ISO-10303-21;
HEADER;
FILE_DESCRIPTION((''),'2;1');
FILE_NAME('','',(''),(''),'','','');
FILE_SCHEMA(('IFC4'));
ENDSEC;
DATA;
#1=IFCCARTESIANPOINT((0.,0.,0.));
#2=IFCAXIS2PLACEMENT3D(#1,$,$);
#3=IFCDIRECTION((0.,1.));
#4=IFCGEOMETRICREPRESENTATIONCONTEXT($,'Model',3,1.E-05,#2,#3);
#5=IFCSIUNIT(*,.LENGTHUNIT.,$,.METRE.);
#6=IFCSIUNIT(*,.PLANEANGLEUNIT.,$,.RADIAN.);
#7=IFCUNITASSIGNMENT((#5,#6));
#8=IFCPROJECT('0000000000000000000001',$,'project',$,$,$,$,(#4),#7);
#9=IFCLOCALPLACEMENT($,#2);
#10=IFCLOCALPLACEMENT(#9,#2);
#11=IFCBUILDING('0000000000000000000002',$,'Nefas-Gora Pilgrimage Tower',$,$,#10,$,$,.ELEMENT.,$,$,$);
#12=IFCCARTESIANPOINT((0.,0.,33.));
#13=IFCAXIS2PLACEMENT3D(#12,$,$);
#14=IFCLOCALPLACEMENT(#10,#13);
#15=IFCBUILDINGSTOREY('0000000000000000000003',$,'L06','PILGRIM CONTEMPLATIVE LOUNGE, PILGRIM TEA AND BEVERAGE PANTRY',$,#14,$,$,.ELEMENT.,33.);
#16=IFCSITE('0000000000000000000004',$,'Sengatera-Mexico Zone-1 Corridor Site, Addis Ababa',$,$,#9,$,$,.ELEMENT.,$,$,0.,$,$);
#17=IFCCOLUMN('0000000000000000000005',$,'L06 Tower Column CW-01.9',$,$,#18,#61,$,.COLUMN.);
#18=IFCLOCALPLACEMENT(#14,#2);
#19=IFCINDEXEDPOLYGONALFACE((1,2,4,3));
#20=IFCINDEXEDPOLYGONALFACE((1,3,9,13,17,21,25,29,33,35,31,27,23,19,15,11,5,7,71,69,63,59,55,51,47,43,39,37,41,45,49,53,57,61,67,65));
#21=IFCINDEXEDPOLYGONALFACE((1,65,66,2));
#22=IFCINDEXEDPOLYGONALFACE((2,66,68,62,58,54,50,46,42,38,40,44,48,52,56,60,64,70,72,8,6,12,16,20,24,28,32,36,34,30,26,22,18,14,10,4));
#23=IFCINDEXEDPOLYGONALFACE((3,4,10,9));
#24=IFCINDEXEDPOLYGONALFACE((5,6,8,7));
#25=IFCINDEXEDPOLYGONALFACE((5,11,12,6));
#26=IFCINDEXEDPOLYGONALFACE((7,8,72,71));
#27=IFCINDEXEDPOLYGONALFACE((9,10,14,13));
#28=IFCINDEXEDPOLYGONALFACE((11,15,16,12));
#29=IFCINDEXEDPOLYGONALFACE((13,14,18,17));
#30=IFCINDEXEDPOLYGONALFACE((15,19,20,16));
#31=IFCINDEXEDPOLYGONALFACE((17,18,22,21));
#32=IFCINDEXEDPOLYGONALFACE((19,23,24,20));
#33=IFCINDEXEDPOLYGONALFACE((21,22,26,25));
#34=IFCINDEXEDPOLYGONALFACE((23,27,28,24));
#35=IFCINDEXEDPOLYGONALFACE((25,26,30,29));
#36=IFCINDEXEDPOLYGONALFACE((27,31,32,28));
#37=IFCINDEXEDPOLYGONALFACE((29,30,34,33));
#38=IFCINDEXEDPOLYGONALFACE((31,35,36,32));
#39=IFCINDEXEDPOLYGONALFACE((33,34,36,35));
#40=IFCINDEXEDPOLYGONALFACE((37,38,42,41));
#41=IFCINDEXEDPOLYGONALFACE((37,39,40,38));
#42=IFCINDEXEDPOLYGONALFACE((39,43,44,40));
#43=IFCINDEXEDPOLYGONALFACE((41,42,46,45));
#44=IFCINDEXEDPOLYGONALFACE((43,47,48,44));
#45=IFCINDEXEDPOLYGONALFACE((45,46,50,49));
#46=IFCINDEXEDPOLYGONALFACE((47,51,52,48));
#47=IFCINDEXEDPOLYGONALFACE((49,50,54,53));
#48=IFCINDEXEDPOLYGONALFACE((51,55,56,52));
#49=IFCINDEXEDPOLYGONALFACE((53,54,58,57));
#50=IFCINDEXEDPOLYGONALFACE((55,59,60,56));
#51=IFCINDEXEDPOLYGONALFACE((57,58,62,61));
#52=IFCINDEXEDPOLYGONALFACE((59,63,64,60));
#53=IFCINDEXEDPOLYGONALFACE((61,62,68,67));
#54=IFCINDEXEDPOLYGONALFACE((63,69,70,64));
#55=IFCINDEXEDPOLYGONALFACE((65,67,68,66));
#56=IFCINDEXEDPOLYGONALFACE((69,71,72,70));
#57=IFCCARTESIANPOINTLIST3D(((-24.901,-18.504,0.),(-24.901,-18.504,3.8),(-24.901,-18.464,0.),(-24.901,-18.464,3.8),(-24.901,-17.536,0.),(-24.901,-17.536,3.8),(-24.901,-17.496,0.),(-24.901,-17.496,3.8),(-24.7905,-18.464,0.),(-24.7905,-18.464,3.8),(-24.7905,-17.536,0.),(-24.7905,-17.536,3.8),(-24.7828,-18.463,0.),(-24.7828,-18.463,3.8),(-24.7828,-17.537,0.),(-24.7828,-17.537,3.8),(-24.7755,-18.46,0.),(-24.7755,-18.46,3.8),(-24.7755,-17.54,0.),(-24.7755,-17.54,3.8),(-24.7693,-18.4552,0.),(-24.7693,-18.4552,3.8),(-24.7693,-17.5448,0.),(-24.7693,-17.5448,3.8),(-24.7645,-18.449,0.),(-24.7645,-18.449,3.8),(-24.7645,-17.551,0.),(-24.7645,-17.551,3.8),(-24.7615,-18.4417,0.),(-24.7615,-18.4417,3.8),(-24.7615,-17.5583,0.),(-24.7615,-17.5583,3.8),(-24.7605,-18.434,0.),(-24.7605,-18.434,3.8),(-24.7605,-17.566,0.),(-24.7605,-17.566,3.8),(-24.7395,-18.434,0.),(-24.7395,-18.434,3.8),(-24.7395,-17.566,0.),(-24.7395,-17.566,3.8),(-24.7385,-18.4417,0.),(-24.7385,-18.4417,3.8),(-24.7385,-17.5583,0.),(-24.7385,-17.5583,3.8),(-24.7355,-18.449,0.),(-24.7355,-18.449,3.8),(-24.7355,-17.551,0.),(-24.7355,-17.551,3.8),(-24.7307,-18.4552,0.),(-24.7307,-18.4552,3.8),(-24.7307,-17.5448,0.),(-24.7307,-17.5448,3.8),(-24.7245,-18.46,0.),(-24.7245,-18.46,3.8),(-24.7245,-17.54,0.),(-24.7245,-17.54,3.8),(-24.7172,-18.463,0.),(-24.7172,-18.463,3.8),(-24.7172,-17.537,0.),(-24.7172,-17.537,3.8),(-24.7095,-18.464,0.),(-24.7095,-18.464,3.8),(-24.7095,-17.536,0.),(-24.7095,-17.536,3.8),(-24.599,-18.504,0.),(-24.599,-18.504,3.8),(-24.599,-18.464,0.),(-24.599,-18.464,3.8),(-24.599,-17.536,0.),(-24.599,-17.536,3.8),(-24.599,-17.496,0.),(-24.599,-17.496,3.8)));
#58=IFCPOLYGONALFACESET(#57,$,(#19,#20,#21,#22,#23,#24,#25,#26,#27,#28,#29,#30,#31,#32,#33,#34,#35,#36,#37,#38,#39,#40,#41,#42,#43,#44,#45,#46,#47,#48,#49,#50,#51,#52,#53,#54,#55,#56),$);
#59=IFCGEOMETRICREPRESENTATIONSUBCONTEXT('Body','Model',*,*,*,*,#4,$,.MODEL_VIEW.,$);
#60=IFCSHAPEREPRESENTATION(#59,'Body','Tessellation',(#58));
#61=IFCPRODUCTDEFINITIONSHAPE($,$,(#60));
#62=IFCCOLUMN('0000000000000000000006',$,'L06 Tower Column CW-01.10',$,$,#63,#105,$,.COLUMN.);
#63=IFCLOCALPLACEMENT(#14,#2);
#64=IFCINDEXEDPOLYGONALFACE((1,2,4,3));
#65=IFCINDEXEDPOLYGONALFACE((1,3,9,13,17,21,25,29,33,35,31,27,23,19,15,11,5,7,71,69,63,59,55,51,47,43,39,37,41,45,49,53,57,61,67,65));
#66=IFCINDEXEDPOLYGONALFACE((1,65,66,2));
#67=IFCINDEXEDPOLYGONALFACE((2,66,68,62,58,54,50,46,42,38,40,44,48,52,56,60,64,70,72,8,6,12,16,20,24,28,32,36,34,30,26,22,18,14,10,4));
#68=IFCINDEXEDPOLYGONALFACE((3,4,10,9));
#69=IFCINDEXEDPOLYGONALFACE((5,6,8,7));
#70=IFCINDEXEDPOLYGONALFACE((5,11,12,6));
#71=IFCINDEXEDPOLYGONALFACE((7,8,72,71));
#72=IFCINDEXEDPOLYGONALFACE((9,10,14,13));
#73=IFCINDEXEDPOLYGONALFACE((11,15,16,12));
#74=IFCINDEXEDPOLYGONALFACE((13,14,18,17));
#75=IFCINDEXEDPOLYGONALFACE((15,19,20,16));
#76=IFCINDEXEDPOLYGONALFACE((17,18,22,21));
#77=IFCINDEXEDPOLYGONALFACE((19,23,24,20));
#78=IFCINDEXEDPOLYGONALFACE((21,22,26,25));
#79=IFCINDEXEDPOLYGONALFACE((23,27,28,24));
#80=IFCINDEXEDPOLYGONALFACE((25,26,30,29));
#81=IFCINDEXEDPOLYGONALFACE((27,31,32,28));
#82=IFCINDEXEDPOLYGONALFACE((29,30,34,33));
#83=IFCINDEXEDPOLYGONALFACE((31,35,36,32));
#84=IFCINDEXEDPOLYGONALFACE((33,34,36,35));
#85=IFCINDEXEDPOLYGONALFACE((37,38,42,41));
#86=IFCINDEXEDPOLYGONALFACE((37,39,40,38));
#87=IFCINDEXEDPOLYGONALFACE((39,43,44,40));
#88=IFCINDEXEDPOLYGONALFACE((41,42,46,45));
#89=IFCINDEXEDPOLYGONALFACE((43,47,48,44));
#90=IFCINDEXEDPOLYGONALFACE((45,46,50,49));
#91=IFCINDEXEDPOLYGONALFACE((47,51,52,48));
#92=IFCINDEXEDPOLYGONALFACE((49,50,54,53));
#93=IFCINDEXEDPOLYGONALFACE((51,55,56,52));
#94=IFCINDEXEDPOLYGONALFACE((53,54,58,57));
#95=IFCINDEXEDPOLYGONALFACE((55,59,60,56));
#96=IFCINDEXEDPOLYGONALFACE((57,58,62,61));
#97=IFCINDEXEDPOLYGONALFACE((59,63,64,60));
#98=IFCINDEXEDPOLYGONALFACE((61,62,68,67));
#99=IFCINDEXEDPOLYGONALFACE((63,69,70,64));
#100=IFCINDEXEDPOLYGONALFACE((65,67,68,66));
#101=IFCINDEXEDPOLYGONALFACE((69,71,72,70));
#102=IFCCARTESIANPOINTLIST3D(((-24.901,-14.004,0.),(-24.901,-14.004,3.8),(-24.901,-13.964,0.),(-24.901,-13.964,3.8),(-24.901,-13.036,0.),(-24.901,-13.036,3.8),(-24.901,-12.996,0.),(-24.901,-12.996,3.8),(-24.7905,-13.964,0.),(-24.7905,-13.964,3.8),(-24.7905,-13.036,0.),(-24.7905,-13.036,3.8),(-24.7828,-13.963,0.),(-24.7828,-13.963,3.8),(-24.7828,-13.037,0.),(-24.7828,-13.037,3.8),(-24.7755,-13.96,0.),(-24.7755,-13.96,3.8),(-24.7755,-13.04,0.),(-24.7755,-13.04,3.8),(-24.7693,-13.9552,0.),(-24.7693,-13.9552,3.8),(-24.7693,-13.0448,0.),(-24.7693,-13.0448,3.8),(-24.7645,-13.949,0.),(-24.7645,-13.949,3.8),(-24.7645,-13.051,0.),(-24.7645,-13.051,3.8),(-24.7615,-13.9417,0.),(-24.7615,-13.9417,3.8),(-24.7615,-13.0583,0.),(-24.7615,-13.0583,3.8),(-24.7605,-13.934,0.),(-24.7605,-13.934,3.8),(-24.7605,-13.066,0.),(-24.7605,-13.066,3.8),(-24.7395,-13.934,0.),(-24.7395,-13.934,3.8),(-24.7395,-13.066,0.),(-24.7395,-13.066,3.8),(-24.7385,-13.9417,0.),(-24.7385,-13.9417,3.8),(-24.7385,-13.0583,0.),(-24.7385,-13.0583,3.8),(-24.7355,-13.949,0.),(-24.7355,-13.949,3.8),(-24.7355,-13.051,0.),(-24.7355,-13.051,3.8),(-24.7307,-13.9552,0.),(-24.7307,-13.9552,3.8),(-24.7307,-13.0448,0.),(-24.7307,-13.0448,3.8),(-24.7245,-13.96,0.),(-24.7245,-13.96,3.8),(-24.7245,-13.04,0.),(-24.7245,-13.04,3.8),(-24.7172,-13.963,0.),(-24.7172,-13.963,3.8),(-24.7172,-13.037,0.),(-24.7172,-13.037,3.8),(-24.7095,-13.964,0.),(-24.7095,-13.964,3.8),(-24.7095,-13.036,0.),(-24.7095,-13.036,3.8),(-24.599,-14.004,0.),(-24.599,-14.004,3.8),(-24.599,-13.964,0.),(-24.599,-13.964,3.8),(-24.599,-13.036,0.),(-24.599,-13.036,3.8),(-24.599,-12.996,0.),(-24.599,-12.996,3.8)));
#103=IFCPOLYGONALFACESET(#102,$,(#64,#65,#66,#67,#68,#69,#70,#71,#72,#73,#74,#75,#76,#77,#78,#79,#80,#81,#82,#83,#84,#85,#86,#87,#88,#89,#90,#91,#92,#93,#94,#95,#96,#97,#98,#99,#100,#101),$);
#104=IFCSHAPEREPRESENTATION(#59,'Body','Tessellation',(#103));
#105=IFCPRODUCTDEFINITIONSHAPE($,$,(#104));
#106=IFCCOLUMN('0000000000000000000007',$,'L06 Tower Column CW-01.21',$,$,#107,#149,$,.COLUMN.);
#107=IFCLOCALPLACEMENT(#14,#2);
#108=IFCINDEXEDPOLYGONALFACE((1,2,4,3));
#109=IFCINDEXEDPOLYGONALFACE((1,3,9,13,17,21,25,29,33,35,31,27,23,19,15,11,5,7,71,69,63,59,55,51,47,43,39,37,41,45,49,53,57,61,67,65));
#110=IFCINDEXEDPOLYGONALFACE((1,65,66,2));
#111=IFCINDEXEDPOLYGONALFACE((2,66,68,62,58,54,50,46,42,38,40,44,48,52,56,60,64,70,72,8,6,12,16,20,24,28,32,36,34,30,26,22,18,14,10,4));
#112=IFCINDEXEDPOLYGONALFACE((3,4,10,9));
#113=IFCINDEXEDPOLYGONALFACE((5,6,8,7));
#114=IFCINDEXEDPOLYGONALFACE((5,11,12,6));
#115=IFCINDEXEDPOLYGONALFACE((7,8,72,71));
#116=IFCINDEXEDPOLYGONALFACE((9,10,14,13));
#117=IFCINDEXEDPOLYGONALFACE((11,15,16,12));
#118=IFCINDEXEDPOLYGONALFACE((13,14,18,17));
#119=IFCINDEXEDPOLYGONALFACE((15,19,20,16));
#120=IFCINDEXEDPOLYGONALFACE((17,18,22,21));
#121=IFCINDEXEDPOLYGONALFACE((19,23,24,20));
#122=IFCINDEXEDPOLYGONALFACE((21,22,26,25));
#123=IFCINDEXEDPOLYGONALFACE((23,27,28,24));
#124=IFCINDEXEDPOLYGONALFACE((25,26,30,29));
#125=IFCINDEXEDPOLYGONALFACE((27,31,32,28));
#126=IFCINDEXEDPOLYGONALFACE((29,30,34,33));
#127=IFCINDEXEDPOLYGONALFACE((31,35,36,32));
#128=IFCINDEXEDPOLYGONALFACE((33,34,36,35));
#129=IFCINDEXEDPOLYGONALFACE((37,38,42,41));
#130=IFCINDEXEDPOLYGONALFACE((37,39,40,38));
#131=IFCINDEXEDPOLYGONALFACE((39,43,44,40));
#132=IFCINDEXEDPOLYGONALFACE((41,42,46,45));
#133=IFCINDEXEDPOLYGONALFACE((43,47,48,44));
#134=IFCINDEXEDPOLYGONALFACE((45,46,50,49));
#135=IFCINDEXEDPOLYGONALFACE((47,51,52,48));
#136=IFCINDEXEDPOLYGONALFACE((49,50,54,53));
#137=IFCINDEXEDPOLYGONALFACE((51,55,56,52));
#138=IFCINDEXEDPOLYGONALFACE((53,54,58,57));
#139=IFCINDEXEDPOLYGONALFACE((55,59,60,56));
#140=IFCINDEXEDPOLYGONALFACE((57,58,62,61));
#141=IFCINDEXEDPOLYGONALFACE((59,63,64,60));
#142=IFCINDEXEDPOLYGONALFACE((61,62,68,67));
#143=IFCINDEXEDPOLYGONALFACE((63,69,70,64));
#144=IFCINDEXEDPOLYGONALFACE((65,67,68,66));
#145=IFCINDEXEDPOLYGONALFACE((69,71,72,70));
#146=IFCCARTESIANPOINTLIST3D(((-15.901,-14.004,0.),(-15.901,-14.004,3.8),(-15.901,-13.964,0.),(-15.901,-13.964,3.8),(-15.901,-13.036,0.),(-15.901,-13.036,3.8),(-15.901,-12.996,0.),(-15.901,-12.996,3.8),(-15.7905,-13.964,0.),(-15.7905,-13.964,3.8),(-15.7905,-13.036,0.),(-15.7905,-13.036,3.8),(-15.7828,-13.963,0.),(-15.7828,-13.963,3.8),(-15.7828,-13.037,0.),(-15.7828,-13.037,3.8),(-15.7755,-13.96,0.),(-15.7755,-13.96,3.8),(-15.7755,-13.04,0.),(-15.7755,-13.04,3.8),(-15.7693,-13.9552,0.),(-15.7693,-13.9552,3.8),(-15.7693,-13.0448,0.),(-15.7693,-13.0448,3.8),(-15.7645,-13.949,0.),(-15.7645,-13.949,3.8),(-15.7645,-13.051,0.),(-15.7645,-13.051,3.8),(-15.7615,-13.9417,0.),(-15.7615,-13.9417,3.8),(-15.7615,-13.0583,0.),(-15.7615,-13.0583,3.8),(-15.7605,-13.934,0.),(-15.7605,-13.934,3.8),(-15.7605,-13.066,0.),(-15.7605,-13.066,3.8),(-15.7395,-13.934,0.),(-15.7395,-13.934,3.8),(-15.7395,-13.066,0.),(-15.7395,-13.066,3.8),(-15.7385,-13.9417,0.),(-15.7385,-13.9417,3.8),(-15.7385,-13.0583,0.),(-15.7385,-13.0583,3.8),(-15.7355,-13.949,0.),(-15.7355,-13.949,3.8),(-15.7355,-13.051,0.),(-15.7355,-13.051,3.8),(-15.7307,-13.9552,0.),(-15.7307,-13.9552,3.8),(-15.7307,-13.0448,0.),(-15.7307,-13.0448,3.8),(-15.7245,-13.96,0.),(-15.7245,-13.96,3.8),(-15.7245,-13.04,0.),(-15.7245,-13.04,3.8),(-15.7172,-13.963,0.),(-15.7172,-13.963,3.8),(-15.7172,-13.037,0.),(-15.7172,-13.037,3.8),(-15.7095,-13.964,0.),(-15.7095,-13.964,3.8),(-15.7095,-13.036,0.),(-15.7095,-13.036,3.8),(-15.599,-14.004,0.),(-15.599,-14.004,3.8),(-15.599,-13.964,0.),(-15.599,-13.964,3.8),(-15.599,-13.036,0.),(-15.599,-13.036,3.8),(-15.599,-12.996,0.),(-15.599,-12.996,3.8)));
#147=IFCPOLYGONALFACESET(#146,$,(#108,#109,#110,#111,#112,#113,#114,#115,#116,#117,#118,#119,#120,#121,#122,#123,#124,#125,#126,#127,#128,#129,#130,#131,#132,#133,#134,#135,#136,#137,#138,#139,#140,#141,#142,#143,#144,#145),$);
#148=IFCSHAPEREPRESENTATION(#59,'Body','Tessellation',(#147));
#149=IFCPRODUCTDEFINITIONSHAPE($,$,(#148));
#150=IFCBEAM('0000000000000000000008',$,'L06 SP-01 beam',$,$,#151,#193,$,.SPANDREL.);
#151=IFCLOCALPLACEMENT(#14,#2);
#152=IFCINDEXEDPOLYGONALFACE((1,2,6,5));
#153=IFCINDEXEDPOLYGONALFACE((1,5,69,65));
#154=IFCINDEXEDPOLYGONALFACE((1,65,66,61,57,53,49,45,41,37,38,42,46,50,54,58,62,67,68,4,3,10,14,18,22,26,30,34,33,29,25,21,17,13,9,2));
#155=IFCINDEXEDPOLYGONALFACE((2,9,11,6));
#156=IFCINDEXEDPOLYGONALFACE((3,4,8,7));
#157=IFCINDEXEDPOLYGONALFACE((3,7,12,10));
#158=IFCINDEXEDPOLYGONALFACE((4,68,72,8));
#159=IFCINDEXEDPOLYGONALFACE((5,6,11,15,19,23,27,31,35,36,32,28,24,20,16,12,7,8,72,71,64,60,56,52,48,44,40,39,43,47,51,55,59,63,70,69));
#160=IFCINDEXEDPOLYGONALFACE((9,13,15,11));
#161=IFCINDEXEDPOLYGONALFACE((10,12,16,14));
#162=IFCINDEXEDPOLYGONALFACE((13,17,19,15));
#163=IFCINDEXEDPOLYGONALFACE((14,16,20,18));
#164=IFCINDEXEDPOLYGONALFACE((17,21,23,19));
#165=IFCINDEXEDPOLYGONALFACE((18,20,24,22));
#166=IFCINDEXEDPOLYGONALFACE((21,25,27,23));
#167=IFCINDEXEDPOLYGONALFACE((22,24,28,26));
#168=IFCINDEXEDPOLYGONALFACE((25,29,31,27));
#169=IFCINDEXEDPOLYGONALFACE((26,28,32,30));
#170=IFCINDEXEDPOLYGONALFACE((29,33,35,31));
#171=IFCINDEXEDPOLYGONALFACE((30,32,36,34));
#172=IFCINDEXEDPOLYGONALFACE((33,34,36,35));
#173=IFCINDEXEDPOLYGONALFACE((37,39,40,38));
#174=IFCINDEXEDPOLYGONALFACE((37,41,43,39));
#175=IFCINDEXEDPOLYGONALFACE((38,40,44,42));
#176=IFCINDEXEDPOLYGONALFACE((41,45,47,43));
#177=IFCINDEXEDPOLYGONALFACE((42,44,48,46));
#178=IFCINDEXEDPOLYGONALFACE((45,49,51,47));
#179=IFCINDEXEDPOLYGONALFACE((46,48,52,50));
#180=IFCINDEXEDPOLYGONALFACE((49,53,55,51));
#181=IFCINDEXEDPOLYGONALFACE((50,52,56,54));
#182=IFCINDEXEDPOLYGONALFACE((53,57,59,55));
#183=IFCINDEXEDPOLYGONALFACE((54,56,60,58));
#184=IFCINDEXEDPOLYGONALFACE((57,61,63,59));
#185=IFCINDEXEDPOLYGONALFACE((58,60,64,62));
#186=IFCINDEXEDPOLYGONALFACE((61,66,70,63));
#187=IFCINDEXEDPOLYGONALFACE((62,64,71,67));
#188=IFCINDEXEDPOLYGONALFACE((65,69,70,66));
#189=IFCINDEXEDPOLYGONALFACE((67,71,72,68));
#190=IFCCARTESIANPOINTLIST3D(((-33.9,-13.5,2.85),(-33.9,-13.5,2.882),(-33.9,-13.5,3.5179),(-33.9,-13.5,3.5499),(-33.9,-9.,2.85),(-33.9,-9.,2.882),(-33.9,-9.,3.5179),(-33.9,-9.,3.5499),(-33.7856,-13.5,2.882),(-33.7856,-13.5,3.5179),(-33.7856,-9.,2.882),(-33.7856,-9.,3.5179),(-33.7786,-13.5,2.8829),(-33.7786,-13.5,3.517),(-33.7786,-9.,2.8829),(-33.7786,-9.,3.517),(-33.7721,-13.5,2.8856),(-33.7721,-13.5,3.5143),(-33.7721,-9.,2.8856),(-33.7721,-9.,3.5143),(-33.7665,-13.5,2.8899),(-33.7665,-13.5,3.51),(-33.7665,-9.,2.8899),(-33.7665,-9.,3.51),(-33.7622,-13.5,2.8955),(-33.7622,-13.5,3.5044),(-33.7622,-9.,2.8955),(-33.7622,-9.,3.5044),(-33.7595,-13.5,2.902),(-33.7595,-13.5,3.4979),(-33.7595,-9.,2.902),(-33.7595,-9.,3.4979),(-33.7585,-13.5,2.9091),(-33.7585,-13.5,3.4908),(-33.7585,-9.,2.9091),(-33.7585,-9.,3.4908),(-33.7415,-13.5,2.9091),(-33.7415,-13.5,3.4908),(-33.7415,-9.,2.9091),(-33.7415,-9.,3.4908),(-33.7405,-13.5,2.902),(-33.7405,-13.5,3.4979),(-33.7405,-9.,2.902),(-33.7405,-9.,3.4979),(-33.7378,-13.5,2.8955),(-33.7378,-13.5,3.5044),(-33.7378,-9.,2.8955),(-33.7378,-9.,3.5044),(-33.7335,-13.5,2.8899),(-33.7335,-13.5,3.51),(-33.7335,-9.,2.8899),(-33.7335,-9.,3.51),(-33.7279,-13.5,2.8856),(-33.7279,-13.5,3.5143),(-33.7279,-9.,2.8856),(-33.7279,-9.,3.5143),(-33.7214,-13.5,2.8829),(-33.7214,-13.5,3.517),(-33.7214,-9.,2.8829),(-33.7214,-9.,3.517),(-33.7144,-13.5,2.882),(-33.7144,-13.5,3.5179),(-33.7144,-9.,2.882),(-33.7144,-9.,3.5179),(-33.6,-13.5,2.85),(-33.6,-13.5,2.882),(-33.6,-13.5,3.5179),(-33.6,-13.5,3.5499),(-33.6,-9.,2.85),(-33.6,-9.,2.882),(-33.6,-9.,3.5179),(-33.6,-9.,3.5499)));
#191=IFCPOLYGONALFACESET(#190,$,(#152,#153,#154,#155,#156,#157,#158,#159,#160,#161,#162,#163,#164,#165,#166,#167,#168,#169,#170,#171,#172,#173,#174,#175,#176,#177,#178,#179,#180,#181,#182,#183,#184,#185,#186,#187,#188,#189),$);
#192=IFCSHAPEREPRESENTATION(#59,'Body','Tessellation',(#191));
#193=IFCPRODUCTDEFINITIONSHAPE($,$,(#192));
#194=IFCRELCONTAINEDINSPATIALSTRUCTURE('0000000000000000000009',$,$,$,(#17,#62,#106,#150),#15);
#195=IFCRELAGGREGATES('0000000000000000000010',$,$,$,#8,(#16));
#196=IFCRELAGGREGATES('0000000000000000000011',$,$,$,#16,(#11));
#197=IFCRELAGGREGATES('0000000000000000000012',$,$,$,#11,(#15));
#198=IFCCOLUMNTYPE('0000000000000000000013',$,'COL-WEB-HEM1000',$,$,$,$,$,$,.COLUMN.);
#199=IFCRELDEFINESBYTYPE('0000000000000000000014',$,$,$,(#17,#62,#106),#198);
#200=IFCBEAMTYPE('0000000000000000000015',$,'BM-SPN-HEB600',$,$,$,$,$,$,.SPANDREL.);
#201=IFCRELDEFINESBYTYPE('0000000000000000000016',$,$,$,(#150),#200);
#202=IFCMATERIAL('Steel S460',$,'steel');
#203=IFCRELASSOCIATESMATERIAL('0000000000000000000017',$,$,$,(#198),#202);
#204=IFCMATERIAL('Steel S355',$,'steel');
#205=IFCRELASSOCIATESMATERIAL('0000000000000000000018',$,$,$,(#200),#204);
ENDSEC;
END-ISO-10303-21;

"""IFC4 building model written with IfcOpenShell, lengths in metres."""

from ifc_helpers import new_model, si_unit, direction, frame, origin, origin_2d, place, context, subcontext, project, spatial, i_section, extrude, source, transform, mapped, material, material_profile, profile_set, type_object, element, save


model = new_model("IFC4")

# Units and contexts
model_context = context("Model", 3, precision=1e-05, world=origin(), true_north=direction((0.0, 1.0)))
body_context = subcontext(model_context, "Body", "Model", "MODEL_VIEW")
ifc_project = project(units=[si_unit("LENGTHUNIT", "METRE"), si_unit("PLANEANGLEUNIT", "RADIAN")], contexts=[model_context])

# Site, building, storey
site_placement = place(None, origin())
site = spatial("IfcSite", under=ifc_project, at=site_placement, Name="Sengatera-Mexico Zone-1 Corridor Site, Addis Ababa", CompositionType="ELEMENT", RefElevation=0.0)
building_placement = place(site_placement, origin())
building = spatial("IfcBuilding", under=site, at=building_placement, Name="Nefas-Gora Pilgrimage Tower", CompositionType="ELEMENT")
storey_placement = place(building_placement, frame((0.0, 0.0, 33.0)))
storey = spatial("IfcBuildingStorey", under=building, at=storey_placement, Name="L06", Description="PILGRIM CONTEMPLATIVE LOUNGE, PILGRIM TEA AND BEVERAGE PANTRY", CompositionType="ELEMENT", Elevation=33.0)

# Columns
ifc_material_1 = material(Name="Steel S460", Category="steel")
ifc_material_profile_1 = material_profile(ifc_material_1, i_section(OverallWidth=0.302, OverallDepth=1.0081, WebThickness=0.021, FlangeThickness=0.04, FilletRadius=0.03, at=origin_2d()), Name="HEM 1000")
ifc_profile_set_1 = profile_set([ifc_material_profile_1], Name="Steel S460")
column_type_1 = type_object("IfcColumnType", Name="COL-WEB-HEM1000", PredefinedType="COLUMN", material=ifc_profile_set_1)
shared_shape_1 = source(origin(), body_context, "Body", "SweptSolid", [
    extrude(i_section(OverallWidth=0.302, OverallDepth=1.0081, WebThickness=0.021, FlangeThickness=0.04, FilletRadius=0.03, at=origin_2d()), origin(), (0.0, 0.0, 1.0), 3.8),
])
for number, where, z_axis, x_axis, name in (
    (1, (-24.75, -18.0, 0.0), (0.0, 0.0, 1.0), (1.0, 0.0, 0.0), "L06 Tower Column CW-01.9"),
    (2, (-24.75, -13.5, 0.0), (0.0, 0.0, 1.0), (1.0, 0.0, 0.0), "L06 Tower Column CW-01.10"),
    (3, (-15.75, -13.5, 0.0), (0.0, 0.0, 1.0), (1.0, 0.0, 0.0), "L06 Tower Column CW-01.21"),
):
    element("IfcColumn", number, at=place(storey_placement, frame(where, z_axis=z_axis, x_axis=x_axis)), inside=storey, type_object=column_type_1, Name=name, PredefinedType="COLUMN", context=body_context, shape_type="MappedRepresentation", body=[
        mapped(shared_shape_1, transform((0.0, 0.0, 0.0), x_axis=(1.0, 0.0, 0.0), y_axis=(0.0, 1.0, 0.0), z_axis=(0.0, 0.0, 1.0), scale=1.0)),
    ])

# Beam
ifc_material_2 = material(Name="Steel S355", Category="steel")
ifc_material_profile_2 = material_profile(ifc_material_2, i_section(OverallWidth=0.3, OverallDepth=0.7, WebThickness=0.0171, FlangeThickness=0.032, FilletRadius=0.0271, at=origin_2d()), Name="HEB 700")
ifc_profile_set_2 = profile_set([ifc_material_profile_2], Name="Steel S355")
beam_type_1 = type_object("IfcBeamType", Name="BM-SPN-HEB600", PredefinedType="SPANDREL", material=ifc_profile_set_2)
shared_shape_2 = source(origin(), body_context, "Body", "SweptSolid", [
    extrude(i_section(OverallWidth=0.3, OverallDepth=0.7, WebThickness=0.0171, FlangeThickness=0.032, FilletRadius=0.0271, at=origin_2d()), origin(), (0.0, 0.0, 1.0), 4.5),
])
for number, where, z_axis, x_axis, name in (
    (4, (-33.75, -13.5, 3.2), (0.0, 1.0, 0.0), (-1.0, 0.0, 0.0), "L06 SP-01 beam"),
):
    element("IfcBeam", number, at=place(storey_placement, frame(where, z_axis=z_axis, x_axis=x_axis)), inside=storey, type_object=beam_type_1, Name=name, PredefinedType="SPANDREL", context=body_context, shape_type="MappedRepresentation", body=[
        mapped(shared_shape_2, transform((0.0, 0.0, 0.0), x_axis=(1.0, 0.0, 0.0), y_axis=(0.0, 1.0, 0.0), z_axis=(0.0, 0.0, 1.0), scale=1.0)),
    ])

save(model, "model.ifc")
